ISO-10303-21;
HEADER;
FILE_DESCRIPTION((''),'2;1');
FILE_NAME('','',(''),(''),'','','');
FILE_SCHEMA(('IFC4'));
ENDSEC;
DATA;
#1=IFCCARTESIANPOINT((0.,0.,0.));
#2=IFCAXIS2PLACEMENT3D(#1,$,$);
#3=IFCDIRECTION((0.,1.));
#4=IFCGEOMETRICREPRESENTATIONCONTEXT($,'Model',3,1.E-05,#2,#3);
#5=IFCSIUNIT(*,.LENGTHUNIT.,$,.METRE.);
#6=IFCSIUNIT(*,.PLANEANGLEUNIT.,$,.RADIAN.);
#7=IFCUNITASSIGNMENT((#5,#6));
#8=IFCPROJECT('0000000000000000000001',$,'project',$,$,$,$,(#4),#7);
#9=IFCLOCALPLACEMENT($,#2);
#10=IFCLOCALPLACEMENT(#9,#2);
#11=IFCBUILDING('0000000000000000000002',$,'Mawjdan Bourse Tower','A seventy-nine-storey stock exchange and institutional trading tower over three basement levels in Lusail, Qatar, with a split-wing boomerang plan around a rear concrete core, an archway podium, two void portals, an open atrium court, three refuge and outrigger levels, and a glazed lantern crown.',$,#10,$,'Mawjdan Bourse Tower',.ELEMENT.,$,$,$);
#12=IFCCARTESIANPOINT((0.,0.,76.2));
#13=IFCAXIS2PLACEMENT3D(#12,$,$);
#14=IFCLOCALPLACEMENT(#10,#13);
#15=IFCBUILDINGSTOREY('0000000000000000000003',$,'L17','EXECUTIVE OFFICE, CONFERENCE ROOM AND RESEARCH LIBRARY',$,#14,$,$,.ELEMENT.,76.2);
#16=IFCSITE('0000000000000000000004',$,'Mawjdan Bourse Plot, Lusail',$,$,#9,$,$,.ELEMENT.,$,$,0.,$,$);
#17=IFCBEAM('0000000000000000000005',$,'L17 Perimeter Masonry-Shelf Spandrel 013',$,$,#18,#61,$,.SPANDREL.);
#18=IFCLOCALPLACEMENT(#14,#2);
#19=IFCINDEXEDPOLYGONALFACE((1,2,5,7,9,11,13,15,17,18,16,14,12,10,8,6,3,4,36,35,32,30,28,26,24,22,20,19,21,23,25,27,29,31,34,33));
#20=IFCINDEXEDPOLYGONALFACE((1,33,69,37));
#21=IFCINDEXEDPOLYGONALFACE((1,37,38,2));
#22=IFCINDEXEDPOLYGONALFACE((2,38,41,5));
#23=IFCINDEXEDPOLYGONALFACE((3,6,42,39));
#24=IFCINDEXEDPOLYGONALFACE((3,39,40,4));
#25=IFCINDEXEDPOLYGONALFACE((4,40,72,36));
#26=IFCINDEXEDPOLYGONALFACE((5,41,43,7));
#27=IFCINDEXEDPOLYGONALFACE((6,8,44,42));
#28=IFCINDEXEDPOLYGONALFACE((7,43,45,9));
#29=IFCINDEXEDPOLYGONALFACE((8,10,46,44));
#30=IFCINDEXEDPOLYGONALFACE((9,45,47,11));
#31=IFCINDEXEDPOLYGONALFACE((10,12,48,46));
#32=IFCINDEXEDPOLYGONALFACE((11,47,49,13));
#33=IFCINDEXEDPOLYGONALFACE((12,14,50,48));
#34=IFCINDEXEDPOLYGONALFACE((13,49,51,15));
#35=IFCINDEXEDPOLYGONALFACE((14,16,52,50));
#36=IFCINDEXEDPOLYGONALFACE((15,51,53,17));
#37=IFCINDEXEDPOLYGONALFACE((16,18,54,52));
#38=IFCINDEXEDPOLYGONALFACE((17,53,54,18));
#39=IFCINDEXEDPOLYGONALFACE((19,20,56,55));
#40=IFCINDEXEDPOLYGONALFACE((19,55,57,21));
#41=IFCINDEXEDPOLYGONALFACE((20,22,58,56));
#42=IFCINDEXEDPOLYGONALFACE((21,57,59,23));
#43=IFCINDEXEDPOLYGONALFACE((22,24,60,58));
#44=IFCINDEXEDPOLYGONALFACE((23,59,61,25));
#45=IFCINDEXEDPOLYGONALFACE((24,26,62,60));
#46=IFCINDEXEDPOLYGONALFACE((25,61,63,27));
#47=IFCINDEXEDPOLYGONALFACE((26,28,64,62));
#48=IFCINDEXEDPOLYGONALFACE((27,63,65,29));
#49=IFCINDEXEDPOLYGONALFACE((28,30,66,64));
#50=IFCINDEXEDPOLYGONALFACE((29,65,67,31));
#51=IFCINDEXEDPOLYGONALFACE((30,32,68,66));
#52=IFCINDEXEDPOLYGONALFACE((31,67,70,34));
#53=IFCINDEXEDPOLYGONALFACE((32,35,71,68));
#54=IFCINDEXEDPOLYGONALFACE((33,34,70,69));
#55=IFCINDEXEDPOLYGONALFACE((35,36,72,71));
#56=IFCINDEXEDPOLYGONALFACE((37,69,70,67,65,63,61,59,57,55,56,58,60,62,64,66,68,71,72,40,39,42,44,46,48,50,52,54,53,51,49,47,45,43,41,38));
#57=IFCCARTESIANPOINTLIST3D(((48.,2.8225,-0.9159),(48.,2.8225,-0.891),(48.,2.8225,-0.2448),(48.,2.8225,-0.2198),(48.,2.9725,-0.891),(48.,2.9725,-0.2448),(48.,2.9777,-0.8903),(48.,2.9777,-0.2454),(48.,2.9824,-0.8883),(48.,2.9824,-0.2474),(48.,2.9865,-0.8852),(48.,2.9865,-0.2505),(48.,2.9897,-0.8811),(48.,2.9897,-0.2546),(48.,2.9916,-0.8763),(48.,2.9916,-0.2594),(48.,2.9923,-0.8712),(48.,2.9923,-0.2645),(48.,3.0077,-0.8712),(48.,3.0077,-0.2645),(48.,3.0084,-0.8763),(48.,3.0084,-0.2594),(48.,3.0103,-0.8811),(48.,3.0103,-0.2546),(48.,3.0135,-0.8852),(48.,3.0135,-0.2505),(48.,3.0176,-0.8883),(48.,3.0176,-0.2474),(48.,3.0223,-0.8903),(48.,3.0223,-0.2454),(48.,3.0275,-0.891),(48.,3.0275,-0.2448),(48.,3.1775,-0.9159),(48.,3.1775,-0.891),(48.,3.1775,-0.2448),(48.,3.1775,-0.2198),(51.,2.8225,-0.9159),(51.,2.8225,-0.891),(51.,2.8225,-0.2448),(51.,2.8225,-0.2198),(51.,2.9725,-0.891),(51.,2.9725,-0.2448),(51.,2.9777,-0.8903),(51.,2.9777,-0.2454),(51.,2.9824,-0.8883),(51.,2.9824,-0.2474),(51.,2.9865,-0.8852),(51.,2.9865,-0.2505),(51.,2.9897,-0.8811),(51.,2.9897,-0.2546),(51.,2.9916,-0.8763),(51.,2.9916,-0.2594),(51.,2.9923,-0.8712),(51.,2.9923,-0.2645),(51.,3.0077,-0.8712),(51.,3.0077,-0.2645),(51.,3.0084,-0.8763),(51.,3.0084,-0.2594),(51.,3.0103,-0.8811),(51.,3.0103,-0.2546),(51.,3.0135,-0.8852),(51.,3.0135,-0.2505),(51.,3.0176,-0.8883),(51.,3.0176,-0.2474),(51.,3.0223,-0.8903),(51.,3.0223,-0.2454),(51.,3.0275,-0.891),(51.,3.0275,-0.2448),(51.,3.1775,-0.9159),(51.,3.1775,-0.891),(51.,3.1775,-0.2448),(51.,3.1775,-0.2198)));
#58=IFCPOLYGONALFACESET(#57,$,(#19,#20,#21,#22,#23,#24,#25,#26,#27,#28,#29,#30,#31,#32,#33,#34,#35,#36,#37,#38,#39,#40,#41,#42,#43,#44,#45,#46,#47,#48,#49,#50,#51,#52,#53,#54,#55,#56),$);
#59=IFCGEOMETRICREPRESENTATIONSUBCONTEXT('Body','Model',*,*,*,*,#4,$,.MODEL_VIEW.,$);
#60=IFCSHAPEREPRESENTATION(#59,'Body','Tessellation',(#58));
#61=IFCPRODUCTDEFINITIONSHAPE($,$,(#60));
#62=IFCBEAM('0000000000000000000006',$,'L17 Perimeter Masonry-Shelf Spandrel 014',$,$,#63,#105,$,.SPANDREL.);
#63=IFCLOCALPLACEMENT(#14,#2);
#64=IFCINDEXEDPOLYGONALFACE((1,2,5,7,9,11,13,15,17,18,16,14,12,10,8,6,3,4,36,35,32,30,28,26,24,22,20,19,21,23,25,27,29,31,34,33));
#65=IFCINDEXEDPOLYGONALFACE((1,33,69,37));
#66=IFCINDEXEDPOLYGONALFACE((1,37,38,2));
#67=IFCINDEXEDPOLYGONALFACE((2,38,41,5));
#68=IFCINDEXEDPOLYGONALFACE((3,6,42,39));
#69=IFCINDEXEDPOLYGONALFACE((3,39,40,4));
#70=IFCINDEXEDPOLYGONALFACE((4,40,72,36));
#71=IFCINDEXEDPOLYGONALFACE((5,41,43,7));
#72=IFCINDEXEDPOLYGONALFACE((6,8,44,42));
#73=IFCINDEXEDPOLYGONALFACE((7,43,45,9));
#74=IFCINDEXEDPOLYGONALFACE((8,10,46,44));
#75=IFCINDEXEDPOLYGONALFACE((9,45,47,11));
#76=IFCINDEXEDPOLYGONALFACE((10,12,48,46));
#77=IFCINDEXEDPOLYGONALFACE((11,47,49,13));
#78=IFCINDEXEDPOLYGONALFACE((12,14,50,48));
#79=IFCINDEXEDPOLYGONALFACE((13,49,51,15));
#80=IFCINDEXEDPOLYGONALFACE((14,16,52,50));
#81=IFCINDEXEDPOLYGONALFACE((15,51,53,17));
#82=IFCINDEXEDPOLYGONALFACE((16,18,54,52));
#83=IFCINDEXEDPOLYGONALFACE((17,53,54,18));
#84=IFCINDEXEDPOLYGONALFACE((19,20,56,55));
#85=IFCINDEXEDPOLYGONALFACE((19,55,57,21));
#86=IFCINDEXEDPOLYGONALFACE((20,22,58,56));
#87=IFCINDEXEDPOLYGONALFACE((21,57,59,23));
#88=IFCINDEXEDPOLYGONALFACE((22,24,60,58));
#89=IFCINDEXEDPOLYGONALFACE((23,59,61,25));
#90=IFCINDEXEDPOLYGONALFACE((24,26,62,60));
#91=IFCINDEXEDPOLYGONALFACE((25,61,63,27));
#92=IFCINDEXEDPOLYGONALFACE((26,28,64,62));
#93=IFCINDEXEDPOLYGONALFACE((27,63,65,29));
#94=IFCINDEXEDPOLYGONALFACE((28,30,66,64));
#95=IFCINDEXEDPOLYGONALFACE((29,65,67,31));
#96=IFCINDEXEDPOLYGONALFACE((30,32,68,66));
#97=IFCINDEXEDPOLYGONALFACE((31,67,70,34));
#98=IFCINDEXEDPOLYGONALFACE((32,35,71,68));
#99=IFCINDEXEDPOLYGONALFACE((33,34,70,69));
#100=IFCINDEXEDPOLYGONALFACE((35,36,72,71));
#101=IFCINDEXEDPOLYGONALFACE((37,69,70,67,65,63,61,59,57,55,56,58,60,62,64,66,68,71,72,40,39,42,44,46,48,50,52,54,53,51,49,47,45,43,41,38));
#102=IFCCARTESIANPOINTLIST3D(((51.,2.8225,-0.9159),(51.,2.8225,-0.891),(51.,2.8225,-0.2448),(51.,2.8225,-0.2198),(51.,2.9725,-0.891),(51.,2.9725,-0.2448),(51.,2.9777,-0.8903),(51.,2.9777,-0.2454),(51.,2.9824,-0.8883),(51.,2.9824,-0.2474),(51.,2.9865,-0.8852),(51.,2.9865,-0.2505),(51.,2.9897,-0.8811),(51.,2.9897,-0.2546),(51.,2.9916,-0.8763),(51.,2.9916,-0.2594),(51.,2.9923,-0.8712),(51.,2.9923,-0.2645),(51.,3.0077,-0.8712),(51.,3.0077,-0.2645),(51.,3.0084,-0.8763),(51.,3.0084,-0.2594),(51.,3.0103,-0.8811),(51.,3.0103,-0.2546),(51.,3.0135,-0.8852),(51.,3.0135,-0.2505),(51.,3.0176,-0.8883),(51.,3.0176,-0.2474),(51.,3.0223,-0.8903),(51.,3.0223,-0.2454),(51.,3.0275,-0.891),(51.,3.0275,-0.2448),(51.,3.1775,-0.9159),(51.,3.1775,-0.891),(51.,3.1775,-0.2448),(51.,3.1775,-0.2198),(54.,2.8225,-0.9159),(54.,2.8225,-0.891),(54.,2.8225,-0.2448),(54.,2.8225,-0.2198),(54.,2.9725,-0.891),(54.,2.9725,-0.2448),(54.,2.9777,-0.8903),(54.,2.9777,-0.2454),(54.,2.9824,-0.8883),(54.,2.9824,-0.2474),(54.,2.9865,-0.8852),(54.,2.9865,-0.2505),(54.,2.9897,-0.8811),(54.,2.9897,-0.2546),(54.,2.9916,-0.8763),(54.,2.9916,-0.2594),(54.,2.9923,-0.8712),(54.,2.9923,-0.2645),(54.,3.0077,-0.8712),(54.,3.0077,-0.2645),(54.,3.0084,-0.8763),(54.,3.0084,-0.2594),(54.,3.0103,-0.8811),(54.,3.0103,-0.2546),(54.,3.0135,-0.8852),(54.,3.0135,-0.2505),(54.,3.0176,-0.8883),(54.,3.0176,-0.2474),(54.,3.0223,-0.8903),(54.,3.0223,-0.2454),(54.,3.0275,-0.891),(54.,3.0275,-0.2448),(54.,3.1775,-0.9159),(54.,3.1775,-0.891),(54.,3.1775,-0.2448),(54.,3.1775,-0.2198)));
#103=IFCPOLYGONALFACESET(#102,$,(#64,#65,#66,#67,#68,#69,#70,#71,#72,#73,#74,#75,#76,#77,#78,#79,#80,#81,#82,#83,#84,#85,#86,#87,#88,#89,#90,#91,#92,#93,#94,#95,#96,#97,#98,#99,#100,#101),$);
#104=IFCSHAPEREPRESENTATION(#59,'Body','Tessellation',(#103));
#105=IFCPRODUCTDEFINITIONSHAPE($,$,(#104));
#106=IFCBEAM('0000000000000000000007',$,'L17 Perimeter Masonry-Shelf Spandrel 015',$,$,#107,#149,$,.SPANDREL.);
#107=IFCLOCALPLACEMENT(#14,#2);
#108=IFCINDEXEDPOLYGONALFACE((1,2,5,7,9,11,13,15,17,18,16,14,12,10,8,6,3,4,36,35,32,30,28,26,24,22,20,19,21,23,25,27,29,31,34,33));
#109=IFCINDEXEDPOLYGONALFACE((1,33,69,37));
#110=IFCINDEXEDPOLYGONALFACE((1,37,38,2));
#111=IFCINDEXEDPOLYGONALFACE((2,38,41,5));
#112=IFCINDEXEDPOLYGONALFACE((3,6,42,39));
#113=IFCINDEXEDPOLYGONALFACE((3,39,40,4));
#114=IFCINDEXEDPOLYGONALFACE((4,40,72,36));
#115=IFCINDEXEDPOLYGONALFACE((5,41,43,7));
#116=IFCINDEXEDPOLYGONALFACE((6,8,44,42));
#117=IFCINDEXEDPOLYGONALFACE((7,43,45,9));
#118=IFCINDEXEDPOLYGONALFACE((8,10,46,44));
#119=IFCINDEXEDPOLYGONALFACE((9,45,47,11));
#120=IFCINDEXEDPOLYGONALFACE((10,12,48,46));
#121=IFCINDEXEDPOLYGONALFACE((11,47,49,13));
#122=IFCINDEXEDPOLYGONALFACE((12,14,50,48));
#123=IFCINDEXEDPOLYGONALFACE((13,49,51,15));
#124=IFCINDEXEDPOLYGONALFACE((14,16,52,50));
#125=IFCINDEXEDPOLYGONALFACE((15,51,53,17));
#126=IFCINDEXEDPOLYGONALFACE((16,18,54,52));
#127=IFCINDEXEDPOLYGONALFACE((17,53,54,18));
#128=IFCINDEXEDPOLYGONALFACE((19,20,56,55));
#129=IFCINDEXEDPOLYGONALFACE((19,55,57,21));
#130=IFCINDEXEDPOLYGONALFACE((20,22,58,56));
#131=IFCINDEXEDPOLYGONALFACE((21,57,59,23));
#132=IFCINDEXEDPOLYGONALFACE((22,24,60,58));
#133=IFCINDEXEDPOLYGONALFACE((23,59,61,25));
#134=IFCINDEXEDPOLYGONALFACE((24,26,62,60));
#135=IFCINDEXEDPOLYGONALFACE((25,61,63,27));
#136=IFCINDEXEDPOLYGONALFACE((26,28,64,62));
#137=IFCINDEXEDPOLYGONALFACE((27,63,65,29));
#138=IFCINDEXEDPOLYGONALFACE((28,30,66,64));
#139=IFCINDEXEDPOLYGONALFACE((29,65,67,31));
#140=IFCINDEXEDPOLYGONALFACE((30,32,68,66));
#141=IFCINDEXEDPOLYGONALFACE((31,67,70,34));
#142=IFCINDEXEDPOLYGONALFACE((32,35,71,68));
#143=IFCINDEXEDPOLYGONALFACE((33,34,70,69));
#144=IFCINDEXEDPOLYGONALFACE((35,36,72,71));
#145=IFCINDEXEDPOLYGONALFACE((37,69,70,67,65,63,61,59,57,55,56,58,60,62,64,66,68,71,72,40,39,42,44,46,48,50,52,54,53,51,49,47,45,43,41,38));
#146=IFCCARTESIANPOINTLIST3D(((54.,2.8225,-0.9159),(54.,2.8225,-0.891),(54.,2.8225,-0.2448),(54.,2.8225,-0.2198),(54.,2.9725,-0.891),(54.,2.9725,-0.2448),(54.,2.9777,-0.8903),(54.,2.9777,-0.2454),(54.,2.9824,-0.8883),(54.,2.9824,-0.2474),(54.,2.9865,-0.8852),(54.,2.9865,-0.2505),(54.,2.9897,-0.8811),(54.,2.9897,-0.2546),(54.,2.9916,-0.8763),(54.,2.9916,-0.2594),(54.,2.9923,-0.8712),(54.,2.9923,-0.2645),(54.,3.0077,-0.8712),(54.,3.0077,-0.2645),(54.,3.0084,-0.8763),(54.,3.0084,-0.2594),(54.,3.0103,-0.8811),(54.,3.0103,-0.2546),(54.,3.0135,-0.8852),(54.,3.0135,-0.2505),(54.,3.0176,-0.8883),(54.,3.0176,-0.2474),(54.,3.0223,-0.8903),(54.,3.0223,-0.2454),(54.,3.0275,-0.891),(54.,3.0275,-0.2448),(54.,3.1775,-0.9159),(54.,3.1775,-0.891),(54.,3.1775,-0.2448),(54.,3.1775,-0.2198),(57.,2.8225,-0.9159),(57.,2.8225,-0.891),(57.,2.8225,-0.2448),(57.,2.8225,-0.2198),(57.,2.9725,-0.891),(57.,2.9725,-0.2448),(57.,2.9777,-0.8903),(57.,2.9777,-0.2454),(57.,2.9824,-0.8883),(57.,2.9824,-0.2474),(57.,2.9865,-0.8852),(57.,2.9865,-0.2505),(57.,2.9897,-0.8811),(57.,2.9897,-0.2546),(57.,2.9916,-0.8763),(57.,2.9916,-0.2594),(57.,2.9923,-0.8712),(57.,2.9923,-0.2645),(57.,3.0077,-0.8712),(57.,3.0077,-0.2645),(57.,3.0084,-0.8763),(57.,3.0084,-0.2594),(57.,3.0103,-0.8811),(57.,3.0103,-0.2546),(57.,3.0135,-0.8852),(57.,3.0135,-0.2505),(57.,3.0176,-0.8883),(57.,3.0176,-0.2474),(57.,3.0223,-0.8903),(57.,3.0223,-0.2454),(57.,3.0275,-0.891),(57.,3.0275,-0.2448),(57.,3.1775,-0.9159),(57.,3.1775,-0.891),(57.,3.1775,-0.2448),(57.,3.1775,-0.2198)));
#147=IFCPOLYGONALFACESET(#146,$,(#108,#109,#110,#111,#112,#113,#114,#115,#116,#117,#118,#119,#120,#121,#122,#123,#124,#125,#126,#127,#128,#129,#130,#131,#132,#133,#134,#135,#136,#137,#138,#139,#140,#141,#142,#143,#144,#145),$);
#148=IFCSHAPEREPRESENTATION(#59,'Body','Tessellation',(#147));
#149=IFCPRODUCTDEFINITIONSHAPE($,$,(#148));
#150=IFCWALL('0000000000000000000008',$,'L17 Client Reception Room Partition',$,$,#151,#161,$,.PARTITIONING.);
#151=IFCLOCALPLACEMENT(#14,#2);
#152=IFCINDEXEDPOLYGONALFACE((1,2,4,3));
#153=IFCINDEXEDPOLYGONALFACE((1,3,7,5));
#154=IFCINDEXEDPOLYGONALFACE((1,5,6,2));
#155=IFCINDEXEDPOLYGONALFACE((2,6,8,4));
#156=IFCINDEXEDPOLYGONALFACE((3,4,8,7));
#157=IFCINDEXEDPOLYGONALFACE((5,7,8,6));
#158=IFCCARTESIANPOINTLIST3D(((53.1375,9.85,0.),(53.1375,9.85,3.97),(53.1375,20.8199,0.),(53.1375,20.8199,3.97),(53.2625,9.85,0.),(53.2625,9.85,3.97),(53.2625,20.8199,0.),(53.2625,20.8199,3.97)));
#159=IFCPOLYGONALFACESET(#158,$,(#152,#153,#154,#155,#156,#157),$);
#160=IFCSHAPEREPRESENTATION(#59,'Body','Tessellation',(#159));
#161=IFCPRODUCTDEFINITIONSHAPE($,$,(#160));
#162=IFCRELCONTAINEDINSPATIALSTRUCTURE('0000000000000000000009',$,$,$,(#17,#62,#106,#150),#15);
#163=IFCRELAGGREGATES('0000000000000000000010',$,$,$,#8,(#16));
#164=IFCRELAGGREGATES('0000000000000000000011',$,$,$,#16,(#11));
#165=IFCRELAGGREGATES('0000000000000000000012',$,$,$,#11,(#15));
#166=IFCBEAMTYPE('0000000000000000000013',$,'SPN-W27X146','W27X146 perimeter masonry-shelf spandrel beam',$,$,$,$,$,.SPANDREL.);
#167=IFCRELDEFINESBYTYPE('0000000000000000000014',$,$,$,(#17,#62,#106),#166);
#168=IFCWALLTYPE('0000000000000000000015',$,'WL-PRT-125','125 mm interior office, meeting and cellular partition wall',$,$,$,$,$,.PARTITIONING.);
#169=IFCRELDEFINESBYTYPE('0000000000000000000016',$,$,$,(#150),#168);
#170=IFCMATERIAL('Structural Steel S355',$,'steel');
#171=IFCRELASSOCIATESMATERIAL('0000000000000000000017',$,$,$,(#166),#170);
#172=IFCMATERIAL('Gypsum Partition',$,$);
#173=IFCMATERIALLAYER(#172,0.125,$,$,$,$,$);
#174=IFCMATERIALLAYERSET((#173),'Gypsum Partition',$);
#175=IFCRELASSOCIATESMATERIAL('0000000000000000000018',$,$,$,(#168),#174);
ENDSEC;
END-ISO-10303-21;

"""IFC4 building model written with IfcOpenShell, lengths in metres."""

from ifc_helpers import new_model, si_unit, direction, frame, frame_2d, origin, origin_2d, place, context, subcontext, project, spatial, rectangle, i_section, extrude, material, layer, layer_set, material_profile, profile_set, type_object, element, save


model = new_model("IFC4")

# Units and contexts
model_context = context("Model", 3, precision=1e-05, world=origin(), true_north=direction((0.0, 1.0)))
body_context = subcontext(model_context, "Body", "Model", "MODEL_VIEW")
ifc_project = project(units=[si_unit("LENGTHUNIT", "METRE"), si_unit("PLANEANGLEUNIT", "RADIAN")], contexts=[model_context])

# Site, building, storey
site_placement = place(None, origin())
site = spatial("IfcSite", under=ifc_project, at=site_placement, Name="Mawjdan Bourse Plot, Lusail", CompositionType="ELEMENT", RefElevation=0.0)
building_placement = place(site_placement, origin())
building = spatial("IfcBuilding", under=site, at=building_placement, Name="Mawjdan Bourse Tower", Description="A seventy-nine-storey stock exchange and institutional trading tower over three basement levels in Lusail, Qatar, with a split-wing boomerang plan around a rear concrete core, an archway podium, two void portals, an open atrium court, three refuge and outrigger levels, and a glazed lantern crown.", LongName="Mawjdan Bourse Tower", CompositionType="ELEMENT")
storey_placement = place(building_placement, frame((0.0, 0.0, 76.2)))
storey = spatial("IfcBuildingStorey", under=building, at=storey_placement, Name="L17", Description="EXECUTIVE OFFICE, CONFERENCE ROOM AND RESEARCH LIBRARY", CompositionType="ELEMENT", Elevation=76.2)

# Beams
ifc_material_1 = material(Name="Structural Steel S355", Category="steel")
ifc_material_profile_1 = material_profile(ifc_material_1, i_section(OverallWidth=0.355, OverallDepth=0.696, WebThickness=0.0154, FlangeThickness=0.0249, FilletRadius=0.0198, at=origin_2d()), Name="W27X146")
ifc_profile_set_1 = profile_set([ifc_material_profile_1], Name="Structural Steel S355")
beam_type_1 = type_object("IfcBeamType", Name="SPN-W27X146", Description="W27X146 perimeter masonry-shelf spandrel beam", PredefinedType="SPANDREL", material=ifc_profile_set_1)
for number, where, z_axis, x_axis, name in (
    (1, (48.0, 3.0, -0.5679), (1.0, 0.0, 0.0), (0.0, 1.0, 0.0), "L17 Perimeter Masonry-Shelf Spandrel 013"),
    (2, (51.0, 3.0, -0.5679), (1.0, 0.0, 0.0), (0.0, 1.0, 0.0), "L17 Perimeter Masonry-Shelf Spandrel 014"),
    (3, (54.0, 3.0, -0.5679), (1.0, 0.0, 0.0), (0.0, 1.0, 0.0), "L17 Perimeter Masonry-Shelf Spandrel 015"),
):
    element("IfcBeam", number, at=place(storey_placement, frame(where, z_axis=z_axis, x_axis=x_axis)), inside=storey, type_object=beam_type_1, Name=name, PredefinedType="SPANDREL", context=body_context, shape_type="SweptSolid", body=[
        extrude(i_section(OverallWidth=0.355, OverallDepth=0.696, WebThickness=0.0154, FlangeThickness=0.0249, FilletRadius=0.0198, at=origin_2d()), origin(), (0.0, 0.0, 1.0), 3.0),
    ])

# Wall
ifc_material_2 = material(Name="Gypsum Partition")
ifc_layer_1 = layer(ifc_material_2, 0.125)
ifc_layer_set_1 = layer_set([ifc_layer_1], Name="Gypsum Partition")
wall_type_1 = type_object("IfcWallType", Name="WL-PRT-125", Description="125 mm interior office, meeting and cellular partition wall", PredefinedType="PARTITIONING", material=ifc_layer_set_1)
wall_1_placement = place(storey_placement, frame((53.2, 9.8501, 0.0), z_axis=(0.0, 0.0, 1.0), x_axis=(0.0, 1.0, 0.0)))
element("IfcWall", 4, at=wall_1_placement, inside=storey, type_object=wall_type_1, Name="L17 Client Reception Room Partition", PredefinedType="PARTITIONING", context=body_context, shape_type="SweptSolid", body=[
    extrude(rectangle(XDim=10.97, YDim=0.125, at=frame_2d((5.4849, 0.0))), origin(), (0.0, 0.0, 1.0), 3.97),
])

save(model, "model.ifc")
